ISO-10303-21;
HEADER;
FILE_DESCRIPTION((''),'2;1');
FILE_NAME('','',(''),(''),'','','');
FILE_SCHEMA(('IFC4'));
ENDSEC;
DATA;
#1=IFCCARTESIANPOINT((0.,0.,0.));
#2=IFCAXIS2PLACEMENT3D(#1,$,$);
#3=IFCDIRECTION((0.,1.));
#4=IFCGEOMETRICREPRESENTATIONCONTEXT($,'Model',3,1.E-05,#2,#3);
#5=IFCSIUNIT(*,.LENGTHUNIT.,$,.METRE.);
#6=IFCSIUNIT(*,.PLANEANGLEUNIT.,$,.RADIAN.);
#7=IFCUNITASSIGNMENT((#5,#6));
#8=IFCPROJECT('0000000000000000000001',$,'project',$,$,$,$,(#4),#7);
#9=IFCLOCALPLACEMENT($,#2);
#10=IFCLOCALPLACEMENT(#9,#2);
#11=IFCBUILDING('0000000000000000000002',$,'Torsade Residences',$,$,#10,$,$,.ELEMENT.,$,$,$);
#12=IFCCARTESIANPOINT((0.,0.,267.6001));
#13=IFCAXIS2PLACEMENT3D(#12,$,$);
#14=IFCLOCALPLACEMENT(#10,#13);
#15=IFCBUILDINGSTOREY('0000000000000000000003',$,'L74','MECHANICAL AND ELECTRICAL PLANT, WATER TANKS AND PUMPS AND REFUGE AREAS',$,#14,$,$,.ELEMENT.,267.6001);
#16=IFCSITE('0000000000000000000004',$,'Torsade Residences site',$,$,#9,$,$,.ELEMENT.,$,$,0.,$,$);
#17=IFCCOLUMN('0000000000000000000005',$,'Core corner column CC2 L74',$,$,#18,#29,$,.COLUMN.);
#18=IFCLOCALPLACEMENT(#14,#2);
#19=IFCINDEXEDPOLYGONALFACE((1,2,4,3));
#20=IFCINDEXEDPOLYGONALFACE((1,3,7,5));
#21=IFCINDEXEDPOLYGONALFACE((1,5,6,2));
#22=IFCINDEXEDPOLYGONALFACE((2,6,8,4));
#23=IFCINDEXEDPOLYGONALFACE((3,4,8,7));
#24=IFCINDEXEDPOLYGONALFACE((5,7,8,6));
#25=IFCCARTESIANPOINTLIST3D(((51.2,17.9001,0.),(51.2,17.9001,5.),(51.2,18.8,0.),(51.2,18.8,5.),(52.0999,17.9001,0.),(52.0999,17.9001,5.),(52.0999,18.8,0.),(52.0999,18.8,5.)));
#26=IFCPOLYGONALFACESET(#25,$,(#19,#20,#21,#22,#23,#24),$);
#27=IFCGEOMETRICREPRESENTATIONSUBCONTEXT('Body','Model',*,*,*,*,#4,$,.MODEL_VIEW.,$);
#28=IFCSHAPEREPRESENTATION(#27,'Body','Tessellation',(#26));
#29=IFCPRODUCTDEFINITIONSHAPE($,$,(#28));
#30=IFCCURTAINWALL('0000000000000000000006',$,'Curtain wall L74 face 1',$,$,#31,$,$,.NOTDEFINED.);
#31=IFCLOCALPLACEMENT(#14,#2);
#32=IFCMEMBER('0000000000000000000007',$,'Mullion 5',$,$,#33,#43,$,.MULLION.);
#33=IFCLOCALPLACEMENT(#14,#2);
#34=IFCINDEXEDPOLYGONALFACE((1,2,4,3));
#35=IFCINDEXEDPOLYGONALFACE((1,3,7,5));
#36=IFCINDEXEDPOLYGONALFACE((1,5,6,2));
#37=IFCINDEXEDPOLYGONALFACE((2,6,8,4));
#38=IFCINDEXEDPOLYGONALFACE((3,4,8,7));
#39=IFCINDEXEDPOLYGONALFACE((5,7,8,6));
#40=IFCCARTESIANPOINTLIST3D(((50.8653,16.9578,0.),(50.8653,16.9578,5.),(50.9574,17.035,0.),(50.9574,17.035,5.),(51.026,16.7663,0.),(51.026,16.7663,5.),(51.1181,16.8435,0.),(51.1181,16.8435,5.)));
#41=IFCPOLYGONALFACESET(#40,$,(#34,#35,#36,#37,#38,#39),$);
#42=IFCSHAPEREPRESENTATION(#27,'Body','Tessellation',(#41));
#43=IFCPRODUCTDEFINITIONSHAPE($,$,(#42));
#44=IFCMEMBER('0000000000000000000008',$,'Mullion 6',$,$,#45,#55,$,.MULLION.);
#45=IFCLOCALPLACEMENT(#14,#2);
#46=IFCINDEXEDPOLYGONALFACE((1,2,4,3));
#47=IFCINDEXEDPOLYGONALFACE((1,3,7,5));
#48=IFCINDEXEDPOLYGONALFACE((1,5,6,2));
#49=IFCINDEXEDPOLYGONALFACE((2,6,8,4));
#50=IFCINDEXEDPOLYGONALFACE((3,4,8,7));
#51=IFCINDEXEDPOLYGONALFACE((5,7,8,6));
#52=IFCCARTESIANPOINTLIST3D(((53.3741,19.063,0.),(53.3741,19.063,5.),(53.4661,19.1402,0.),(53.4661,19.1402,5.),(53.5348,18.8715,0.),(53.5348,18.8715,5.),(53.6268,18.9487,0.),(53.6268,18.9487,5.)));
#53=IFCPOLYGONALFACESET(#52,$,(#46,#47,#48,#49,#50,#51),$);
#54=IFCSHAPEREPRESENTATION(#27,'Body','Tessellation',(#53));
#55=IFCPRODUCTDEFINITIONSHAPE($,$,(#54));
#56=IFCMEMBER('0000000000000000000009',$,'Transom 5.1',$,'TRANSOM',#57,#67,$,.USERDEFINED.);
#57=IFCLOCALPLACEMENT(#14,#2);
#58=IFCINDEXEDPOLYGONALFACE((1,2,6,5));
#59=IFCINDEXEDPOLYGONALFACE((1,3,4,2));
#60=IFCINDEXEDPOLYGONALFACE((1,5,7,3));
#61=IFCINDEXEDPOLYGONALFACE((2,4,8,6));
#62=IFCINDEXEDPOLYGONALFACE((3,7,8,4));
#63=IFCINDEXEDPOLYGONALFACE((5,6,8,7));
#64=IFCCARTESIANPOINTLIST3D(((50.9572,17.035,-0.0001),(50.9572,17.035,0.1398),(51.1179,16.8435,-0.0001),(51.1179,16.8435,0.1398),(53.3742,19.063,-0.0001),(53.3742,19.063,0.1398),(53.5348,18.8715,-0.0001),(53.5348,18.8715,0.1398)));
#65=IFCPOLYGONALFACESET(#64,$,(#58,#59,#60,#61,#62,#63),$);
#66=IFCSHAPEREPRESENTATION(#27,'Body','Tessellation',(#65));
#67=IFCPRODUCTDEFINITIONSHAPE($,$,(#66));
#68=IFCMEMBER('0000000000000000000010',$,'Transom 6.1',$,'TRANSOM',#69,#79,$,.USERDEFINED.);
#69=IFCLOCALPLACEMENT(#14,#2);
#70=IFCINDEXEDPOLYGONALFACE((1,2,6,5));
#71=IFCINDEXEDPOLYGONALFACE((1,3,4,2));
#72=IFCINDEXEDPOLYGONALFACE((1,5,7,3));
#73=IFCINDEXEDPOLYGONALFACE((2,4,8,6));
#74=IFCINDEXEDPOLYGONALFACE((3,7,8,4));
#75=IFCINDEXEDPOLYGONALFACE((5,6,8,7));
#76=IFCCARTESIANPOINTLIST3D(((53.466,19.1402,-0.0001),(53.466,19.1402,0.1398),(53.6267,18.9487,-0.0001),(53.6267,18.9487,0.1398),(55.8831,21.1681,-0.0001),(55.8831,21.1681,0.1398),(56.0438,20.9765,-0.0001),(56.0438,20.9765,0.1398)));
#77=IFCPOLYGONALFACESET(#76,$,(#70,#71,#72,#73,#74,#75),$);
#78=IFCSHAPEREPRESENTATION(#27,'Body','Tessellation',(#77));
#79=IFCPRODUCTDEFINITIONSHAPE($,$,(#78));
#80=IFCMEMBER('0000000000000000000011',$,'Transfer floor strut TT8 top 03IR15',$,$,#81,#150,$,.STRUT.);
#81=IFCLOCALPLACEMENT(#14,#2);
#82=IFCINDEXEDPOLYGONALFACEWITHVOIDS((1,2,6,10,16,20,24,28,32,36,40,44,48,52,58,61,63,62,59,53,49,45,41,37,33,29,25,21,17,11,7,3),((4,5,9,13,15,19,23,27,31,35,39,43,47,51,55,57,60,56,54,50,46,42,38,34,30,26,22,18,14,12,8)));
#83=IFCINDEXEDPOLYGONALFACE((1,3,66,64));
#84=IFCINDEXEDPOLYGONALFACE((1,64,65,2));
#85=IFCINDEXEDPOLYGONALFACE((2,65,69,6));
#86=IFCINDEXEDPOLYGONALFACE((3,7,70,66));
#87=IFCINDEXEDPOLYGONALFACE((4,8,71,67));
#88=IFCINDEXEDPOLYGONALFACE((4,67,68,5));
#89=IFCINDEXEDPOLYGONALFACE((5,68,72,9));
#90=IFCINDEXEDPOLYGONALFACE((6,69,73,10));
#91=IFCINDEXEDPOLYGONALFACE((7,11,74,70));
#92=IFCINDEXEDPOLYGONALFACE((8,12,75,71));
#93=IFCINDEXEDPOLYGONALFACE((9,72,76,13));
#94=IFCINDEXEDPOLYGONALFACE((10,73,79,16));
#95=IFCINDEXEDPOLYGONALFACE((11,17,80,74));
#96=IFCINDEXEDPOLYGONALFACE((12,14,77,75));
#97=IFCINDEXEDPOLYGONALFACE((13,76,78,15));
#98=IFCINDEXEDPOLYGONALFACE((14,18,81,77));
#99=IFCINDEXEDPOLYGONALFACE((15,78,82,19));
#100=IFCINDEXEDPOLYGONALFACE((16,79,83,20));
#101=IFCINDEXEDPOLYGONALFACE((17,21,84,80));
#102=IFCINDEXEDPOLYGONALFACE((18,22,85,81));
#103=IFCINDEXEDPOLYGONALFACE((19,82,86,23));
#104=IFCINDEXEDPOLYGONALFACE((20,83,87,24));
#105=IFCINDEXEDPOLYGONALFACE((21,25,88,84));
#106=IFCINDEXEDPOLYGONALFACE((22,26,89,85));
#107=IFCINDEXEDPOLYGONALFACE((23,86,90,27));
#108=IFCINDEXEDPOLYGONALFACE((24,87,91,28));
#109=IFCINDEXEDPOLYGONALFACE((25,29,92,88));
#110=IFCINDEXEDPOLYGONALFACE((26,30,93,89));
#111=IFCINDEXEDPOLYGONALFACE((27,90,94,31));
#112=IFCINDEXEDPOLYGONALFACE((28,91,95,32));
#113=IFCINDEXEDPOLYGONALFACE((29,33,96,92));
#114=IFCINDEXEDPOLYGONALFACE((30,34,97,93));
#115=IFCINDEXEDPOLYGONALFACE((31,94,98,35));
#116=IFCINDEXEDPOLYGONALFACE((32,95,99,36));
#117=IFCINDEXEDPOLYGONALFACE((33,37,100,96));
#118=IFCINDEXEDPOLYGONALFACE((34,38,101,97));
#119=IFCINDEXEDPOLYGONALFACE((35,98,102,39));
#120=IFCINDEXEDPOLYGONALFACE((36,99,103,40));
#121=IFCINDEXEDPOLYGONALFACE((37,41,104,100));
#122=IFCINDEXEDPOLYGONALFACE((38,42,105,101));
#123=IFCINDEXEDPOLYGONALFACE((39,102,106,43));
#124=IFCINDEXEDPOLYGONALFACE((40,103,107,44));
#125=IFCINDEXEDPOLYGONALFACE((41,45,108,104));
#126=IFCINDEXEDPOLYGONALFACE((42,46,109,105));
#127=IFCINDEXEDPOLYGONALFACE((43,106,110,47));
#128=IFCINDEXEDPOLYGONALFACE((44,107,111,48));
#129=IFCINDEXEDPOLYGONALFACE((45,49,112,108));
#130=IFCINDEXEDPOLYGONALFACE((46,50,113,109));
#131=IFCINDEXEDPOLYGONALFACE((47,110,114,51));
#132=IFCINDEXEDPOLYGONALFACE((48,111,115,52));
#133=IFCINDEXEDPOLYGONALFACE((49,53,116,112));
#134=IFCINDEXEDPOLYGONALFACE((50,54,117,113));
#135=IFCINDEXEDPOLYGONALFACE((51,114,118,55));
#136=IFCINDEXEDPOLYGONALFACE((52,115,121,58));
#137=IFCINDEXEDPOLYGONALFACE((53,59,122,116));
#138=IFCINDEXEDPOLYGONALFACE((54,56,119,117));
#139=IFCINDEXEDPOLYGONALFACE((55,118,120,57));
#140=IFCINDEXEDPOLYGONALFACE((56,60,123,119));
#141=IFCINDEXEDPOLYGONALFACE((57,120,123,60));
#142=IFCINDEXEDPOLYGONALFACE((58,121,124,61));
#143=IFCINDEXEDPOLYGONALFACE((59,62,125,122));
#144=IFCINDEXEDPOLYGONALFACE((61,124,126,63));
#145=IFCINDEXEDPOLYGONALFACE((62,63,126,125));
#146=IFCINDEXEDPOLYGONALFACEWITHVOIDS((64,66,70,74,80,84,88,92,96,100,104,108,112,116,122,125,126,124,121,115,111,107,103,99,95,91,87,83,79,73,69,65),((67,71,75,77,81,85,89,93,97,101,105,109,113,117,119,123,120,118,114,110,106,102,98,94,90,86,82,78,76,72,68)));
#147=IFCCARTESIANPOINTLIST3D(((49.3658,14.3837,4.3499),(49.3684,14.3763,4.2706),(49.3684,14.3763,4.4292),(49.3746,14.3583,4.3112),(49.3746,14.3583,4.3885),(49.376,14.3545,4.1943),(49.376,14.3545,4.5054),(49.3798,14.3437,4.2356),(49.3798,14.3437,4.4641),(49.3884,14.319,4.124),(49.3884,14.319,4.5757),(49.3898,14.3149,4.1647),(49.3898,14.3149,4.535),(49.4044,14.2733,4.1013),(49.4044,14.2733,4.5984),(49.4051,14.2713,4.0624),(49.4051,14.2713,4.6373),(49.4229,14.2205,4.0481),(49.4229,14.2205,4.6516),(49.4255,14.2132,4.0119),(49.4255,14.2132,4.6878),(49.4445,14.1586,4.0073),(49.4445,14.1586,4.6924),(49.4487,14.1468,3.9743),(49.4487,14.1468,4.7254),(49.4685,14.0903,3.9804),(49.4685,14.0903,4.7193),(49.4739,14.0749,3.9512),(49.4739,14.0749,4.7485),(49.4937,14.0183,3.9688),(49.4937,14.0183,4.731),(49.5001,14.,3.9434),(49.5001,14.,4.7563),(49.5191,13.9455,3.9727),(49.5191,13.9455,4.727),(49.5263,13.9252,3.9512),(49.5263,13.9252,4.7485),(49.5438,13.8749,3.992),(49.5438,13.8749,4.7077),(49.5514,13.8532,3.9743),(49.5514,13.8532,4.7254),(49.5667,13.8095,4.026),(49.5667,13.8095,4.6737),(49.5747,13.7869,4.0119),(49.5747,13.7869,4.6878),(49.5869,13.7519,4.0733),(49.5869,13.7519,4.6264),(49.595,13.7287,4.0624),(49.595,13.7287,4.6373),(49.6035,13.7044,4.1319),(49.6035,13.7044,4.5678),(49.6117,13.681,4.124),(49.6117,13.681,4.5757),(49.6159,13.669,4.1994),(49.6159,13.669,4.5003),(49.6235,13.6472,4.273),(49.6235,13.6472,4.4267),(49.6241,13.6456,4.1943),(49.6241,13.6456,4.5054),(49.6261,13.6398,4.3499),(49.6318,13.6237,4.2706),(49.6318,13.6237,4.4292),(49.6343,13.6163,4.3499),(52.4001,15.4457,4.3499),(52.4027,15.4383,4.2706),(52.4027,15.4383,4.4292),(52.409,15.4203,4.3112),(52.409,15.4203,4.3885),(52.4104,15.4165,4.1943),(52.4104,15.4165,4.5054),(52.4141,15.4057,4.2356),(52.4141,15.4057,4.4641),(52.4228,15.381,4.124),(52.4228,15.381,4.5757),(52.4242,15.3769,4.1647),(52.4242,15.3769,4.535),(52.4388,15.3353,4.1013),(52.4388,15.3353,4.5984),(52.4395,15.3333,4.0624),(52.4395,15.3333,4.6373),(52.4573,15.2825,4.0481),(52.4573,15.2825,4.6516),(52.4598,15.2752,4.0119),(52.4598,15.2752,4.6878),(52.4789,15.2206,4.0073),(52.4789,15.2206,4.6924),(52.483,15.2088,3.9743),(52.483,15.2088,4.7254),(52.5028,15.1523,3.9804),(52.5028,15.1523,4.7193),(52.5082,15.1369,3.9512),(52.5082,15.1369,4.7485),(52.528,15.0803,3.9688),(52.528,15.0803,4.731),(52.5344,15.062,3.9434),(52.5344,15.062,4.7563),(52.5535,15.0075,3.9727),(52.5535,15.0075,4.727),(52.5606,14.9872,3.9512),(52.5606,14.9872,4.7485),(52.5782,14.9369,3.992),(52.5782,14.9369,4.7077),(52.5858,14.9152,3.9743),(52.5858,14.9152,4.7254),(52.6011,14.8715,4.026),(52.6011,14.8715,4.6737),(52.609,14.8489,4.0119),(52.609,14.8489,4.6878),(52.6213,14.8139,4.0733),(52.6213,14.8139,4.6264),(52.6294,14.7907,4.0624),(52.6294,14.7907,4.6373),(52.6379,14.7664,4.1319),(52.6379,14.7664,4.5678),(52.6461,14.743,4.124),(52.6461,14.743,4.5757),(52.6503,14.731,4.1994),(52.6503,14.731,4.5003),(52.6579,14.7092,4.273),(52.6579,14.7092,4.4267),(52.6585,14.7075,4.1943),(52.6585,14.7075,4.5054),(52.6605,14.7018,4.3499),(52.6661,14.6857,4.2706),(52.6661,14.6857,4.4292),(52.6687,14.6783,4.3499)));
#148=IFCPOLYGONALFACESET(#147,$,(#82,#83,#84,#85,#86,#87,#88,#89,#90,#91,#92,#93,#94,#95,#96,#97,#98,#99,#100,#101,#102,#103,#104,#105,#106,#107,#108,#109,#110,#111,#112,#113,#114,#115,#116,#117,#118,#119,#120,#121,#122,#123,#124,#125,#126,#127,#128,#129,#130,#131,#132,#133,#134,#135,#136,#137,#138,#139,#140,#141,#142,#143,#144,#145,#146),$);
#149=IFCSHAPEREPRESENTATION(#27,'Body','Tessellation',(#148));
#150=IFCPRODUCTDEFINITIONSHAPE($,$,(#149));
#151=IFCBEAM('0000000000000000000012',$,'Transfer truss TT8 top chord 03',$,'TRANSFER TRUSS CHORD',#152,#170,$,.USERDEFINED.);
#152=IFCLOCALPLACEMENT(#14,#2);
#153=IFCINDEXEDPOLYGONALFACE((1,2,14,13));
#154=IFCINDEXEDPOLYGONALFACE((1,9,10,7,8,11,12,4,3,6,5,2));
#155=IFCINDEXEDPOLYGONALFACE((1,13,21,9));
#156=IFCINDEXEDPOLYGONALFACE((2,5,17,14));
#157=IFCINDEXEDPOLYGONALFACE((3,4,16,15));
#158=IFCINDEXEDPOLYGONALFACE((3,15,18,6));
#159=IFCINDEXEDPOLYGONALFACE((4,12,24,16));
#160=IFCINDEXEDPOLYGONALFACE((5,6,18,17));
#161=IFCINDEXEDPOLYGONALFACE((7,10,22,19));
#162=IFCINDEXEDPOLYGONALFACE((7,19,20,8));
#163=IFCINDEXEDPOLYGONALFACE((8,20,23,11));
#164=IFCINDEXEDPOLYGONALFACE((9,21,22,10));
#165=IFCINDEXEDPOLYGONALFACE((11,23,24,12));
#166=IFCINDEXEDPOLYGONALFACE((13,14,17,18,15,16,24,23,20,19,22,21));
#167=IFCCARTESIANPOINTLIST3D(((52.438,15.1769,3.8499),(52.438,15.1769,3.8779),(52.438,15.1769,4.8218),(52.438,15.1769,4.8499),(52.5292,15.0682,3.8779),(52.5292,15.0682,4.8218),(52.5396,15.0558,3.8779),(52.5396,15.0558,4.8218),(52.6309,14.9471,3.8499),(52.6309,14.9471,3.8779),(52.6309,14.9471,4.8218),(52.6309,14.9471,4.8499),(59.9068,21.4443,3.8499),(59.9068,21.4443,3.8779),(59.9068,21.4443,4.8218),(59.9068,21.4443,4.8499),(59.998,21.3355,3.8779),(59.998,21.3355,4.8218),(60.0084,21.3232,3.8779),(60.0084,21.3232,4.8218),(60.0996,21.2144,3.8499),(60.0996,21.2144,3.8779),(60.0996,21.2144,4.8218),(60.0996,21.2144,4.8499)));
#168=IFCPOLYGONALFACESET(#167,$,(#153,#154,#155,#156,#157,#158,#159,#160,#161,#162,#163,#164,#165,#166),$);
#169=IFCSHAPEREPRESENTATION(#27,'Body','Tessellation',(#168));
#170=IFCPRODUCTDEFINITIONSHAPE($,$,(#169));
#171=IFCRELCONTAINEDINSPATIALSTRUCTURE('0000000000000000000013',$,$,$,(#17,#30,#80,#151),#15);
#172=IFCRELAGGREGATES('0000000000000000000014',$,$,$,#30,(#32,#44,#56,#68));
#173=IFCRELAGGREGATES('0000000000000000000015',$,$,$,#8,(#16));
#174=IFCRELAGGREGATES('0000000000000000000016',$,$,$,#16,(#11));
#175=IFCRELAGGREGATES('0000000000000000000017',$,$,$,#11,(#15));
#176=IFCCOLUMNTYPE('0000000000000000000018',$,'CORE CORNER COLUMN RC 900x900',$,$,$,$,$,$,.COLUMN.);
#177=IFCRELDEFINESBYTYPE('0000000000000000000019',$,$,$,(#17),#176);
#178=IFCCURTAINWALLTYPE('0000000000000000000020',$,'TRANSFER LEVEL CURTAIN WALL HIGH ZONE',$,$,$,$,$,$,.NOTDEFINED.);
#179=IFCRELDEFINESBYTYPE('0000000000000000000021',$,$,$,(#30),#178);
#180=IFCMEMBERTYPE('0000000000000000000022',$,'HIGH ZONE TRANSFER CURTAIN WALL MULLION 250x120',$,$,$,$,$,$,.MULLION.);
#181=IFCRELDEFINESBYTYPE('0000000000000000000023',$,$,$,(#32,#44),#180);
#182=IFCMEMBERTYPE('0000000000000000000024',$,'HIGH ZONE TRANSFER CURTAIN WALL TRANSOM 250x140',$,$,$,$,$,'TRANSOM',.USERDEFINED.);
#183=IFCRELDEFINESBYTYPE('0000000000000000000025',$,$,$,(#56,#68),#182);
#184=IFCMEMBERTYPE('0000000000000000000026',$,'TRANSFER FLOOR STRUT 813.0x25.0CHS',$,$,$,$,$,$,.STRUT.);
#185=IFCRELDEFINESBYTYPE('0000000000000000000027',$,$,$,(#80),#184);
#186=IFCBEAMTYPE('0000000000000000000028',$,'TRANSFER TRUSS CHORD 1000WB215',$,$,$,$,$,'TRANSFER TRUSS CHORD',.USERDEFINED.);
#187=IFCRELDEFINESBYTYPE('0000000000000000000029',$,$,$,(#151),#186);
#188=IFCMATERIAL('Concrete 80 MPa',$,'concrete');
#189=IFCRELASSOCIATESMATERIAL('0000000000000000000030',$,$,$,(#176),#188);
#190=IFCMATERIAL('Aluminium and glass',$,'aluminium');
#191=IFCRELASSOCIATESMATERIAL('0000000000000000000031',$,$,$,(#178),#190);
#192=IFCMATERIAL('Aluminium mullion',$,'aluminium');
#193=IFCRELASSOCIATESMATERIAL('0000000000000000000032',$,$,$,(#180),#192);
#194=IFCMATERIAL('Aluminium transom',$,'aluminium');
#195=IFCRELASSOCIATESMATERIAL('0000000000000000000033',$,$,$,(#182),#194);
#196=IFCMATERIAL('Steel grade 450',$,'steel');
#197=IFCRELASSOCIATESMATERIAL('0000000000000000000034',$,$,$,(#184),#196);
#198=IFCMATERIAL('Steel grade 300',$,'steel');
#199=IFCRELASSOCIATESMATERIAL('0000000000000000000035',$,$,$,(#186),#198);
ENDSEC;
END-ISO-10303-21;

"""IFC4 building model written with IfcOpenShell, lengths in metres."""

from ifc_helpers import new_model, si_unit, direction, frame, origin, origin_2d, place, context, subcontext, project, spatial, rectangle, hollow_circle, i_section, extrude, material, material_profile, profile_set, type_object, element, aggregate, save


model = new_model("IFC4")

# Units and contexts
model_context = context("Model", 3, precision=1e-05, world=origin(), true_north=direction((0.0, 1.0)))
body_context = subcontext(model_context, "Body", "Model", "MODEL_VIEW")
ifc_project = project(units=[si_unit("LENGTHUNIT", "METRE"), si_unit("PLANEANGLEUNIT", "RADIAN")], contexts=[model_context])

# Site, building, storey
site_placement = place(None, origin())
site = spatial("IfcSite", under=ifc_project, at=site_placement, Name="Torsade Residences site", CompositionType="ELEMENT", RefElevation=0.0)
building_placement = place(site_placement, origin())
building = spatial("IfcBuilding", under=site, at=building_placement, Name="Torsade Residences", CompositionType="ELEMENT")
storey_placement = place(building_placement, frame((0.0, 0.0, 267.6001)))
storey = spatial("IfcBuildingStorey", under=building, at=storey_placement, Name="L74", Description="MECHANICAL AND ELECTRICAL PLANT, WATER TANKS AND PUMPS AND REFUGE AREAS", CompositionType="ELEMENT", Elevation=267.6001)

# Column
ifc_material_1 = material(Name="Concrete 80 MPa", Category="concrete")
ifc_material_profile_1 = material_profile(ifc_material_1, rectangle(XDim=0.8999, YDim=0.8999, at=origin_2d()), Name="RC 900x900")
ifc_profile_set_1 = profile_set([ifc_material_profile_1], Name="Concrete 80 MPa")
column_type = type_object("IfcColumnType", Name="CORE CORNER COLUMN RC 900x900", PredefinedType="COLUMN", material=ifc_profile_set_1)
column_placement = place(storey_placement, frame((51.6499, 18.3501, 0.0), z_axis=(0.0, 0.0, 1.0), x_axis=(1.0, 0.0, 0.0)))
element("IfcColumn", 1, at=column_placement, inside=storey, type_object=column_type, Name="Core corner column CC2 L74", PredefinedType="COLUMN", context=body_context, shape_type="SweptSolid", body=[
    extrude(rectangle(XDim=0.8999, YDim=0.8999, at=origin_2d()), origin(), (0.0, 0.0, 1.0), 5.0),
])

# Curtain wall, members
ifc_material_2 = material(Name="Aluminium and glass", Category="aluminium")
curtain_wall_type = type_object("IfcCurtainWallType", Name="TRANSFER LEVEL CURTAIN WALL HIGH ZONE", PredefinedType="NOTDEFINED", material=ifc_material_2)
curtain_wall_placement = place(storey_placement, origin())
curtain_wall = element("IfcCurtainWall", 2, at=curtain_wall_placement, inside=storey, type_object=curtain_wall_type, Name="Curtain wall L74 face 1", PredefinedType="NOTDEFINED")
ifc_material_3 = material(Name="Aluminium mullion", Category="aluminium")
ifc_material_profile_2 = material_profile(ifc_material_3, rectangle(XDim=0.25, YDim=0.1201, at=origin_2d()), Name="HIGH ZONE TRANSFER CURTAIN WALL MULLION 250x120")
ifc_profile_set_2 = profile_set([ifc_material_profile_2], Name="Aluminium mullion")
member_type_1 = type_object("IfcMemberType", Name="HIGH ZONE TRANSFER CURTAIN WALL MULLION 250x120", PredefinedType="MULLION", material=ifc_profile_set_2)
member_1_placement = place(storey_placement, frame((50.9917, 16.9006, 0.0), z_axis=(0.0, 0.0, 1.0), x_axis=(-0.642788, 0.766044, 0.0)))
member_1 = element("IfcMember", 3, at=member_1_placement, type_object=member_type_1, Name="Mullion 5", PredefinedType="MULLION", context=body_context, shape_type="SweptSolid", body=[
    extrude(rectangle(XDim=0.25, YDim=0.1201, at=origin_2d()), origin(), (0.0, 0.0, 1.0), 5.0),
])
member_2_placement = place(storey_placement, frame((53.5005, 19.0059, 0.0), z_axis=(0.0, 0.0, 1.0), x_axis=(-0.642788, 0.766044, 0.0)))
member_2 = element("IfcMember", 4, at=member_2_placement, type_object=member_type_1, Name="Mullion 6", PredefinedType="MULLION", context=body_context, shape_type="SweptSolid", body=[
    extrude(rectangle(XDim=0.25, YDim=0.1201, at=origin_2d()), origin(), (0.0, 0.0, 1.0), 5.0),
])
ifc_material_4 = material(Name="Aluminium transom", Category="aluminium")
ifc_material_profile_3 = material_profile(ifc_material_4, rectangle(XDim=0.25, YDim=0.1399, at=origin_2d()), Name="HIGH ZONE TRANSFER CURTAIN WALL TRANSOM 250x140")
ifc_profile_set_3 = profile_set([ifc_material_profile_3], Name="Aluminium transom")
member_type_2 = type_object("IfcMemberType", Name="HIGH ZONE TRANSFER CURTAIN WALL TRANSOM 250x140", ElementType="TRANSOM", PredefinedType="USERDEFINED", material=ifc_profile_set_3)
member_3_placement = place(storey_placement, frame((51.0376, 16.9392, 0.0698), z_axis=(0.766048, 0.642784, 0.0), x_axis=(-0.642784, 0.766048, 0.0)))
member_3 = element("IfcMember", 5, at=member_3_placement, type_object=member_type_2, Name="Transom 5.1", ObjectType="TRANSOM", PredefinedType="USERDEFINED", context=body_context, shape_type="SweptSolid", body=[
    extrude(rectangle(XDim=0.25, YDim=0.1399, at=origin_2d()), origin(), (0.0, 0.0, 1.0), 3.155),
])
member_4_placement = place(storey_placement, frame((53.5464, 19.0444, 0.0698), z_axis=(0.766086, 0.642738, 0.0), x_axis=(-0.642738, 0.766086, 0.0)))
member_4 = element("IfcMember", 6, at=member_4_placement, type_object=member_type_2, Name="Transom 6.1", ObjectType="TRANSOM", PredefinedType="USERDEFINED", context=body_context, shape_type="SweptSolid", body=[
    extrude(rectangle(XDim=0.25, YDim=0.1399, at=origin_2d()), origin(), (0.0, 0.0, 1.0), 3.155),
])

# Member
ifc_material_5 = material(Name="Steel grade 450", Category="steel")
ifc_material_profile_4 = material_profile(ifc_material_5, hollow_circle(Radius=0.4065, WallThickness=0.0249, at=origin_2d()), Name="813.0x25.0CHS")
ifc_profile_set_4 = profile_set([ifc_material_profile_4], Name="Steel grade 450")
member_type_3 = type_object("IfcMemberType", Name="TRANSFER FLOOR STRUT 813.0x25.0CHS", PredefinedType="STRUT", material=ifc_profile_set_4)
member_5_placement = place(storey_placement, frame((52.5344, 15.062, 4.3499), z_axis=(-0.943862, -0.33034, 0.0), x_axis=(0.33034, -0.943862, 0.0)))
element("IfcMember", 7, at=member_5_placement, inside=storey, type_object=member_type_3, Name="Transfer floor strut TT8 top 03IR15", PredefinedType="STRUT", context=body_context, shape_type="SweptSolid", body=[
    extrude(hollow_circle(Radius=0.4065, WallThickness=0.0249, at=origin_2d()), origin(), (0.0, 0.0, 1.0), 3.2148),
])

# Beam
ifc_material_6 = material(Name="Steel grade 300", Category="steel")
ifc_material_profile_5 = material_profile(ifc_material_6, i_section(OverallWidth=0.3, OverallDepth=1.0, WebThickness=0.0161, FlangeThickness=0.0281, at=origin_2d()), Name="1000WB215")
ifc_profile_set_5 = profile_set([ifc_material_profile_5], Name="Steel grade 300")
beam_type = type_object("IfcBeamType", Name="TRANSFER TRUSS CHORD 1000WB215", ElementType="TRANSFER TRUSS CHORD", PredefinedType="USERDEFINED", material=ifc_profile_set_5)
beam_placement = place(storey_placement, frame((52.5344, 15.062, 4.3499), z_axis=(0.766029, 0.642806, 0.0), x_axis=(-0.642806, 0.766029, 0.0)))
element("IfcBeam", 8, at=beam_placement, inside=storey, type_object=beam_type, Name="Transfer truss TT8 top chord 03", ObjectType="TRANSFER TRUSS CHORD", PredefinedType="USERDEFINED", context=body_context, shape_type="SweptSolid", body=[
    extrude(i_section(OverallWidth=0.3, OverallDepth=1.0, WebThickness=0.0161, FlangeThickness=0.0281, at=origin_2d()), origin(), (0.0, 0.0, 1.0), 9.75),
])

aggregate(curtain_wall, [member_1, member_2, member_3, member_4])

save(model, "model.ifc")
